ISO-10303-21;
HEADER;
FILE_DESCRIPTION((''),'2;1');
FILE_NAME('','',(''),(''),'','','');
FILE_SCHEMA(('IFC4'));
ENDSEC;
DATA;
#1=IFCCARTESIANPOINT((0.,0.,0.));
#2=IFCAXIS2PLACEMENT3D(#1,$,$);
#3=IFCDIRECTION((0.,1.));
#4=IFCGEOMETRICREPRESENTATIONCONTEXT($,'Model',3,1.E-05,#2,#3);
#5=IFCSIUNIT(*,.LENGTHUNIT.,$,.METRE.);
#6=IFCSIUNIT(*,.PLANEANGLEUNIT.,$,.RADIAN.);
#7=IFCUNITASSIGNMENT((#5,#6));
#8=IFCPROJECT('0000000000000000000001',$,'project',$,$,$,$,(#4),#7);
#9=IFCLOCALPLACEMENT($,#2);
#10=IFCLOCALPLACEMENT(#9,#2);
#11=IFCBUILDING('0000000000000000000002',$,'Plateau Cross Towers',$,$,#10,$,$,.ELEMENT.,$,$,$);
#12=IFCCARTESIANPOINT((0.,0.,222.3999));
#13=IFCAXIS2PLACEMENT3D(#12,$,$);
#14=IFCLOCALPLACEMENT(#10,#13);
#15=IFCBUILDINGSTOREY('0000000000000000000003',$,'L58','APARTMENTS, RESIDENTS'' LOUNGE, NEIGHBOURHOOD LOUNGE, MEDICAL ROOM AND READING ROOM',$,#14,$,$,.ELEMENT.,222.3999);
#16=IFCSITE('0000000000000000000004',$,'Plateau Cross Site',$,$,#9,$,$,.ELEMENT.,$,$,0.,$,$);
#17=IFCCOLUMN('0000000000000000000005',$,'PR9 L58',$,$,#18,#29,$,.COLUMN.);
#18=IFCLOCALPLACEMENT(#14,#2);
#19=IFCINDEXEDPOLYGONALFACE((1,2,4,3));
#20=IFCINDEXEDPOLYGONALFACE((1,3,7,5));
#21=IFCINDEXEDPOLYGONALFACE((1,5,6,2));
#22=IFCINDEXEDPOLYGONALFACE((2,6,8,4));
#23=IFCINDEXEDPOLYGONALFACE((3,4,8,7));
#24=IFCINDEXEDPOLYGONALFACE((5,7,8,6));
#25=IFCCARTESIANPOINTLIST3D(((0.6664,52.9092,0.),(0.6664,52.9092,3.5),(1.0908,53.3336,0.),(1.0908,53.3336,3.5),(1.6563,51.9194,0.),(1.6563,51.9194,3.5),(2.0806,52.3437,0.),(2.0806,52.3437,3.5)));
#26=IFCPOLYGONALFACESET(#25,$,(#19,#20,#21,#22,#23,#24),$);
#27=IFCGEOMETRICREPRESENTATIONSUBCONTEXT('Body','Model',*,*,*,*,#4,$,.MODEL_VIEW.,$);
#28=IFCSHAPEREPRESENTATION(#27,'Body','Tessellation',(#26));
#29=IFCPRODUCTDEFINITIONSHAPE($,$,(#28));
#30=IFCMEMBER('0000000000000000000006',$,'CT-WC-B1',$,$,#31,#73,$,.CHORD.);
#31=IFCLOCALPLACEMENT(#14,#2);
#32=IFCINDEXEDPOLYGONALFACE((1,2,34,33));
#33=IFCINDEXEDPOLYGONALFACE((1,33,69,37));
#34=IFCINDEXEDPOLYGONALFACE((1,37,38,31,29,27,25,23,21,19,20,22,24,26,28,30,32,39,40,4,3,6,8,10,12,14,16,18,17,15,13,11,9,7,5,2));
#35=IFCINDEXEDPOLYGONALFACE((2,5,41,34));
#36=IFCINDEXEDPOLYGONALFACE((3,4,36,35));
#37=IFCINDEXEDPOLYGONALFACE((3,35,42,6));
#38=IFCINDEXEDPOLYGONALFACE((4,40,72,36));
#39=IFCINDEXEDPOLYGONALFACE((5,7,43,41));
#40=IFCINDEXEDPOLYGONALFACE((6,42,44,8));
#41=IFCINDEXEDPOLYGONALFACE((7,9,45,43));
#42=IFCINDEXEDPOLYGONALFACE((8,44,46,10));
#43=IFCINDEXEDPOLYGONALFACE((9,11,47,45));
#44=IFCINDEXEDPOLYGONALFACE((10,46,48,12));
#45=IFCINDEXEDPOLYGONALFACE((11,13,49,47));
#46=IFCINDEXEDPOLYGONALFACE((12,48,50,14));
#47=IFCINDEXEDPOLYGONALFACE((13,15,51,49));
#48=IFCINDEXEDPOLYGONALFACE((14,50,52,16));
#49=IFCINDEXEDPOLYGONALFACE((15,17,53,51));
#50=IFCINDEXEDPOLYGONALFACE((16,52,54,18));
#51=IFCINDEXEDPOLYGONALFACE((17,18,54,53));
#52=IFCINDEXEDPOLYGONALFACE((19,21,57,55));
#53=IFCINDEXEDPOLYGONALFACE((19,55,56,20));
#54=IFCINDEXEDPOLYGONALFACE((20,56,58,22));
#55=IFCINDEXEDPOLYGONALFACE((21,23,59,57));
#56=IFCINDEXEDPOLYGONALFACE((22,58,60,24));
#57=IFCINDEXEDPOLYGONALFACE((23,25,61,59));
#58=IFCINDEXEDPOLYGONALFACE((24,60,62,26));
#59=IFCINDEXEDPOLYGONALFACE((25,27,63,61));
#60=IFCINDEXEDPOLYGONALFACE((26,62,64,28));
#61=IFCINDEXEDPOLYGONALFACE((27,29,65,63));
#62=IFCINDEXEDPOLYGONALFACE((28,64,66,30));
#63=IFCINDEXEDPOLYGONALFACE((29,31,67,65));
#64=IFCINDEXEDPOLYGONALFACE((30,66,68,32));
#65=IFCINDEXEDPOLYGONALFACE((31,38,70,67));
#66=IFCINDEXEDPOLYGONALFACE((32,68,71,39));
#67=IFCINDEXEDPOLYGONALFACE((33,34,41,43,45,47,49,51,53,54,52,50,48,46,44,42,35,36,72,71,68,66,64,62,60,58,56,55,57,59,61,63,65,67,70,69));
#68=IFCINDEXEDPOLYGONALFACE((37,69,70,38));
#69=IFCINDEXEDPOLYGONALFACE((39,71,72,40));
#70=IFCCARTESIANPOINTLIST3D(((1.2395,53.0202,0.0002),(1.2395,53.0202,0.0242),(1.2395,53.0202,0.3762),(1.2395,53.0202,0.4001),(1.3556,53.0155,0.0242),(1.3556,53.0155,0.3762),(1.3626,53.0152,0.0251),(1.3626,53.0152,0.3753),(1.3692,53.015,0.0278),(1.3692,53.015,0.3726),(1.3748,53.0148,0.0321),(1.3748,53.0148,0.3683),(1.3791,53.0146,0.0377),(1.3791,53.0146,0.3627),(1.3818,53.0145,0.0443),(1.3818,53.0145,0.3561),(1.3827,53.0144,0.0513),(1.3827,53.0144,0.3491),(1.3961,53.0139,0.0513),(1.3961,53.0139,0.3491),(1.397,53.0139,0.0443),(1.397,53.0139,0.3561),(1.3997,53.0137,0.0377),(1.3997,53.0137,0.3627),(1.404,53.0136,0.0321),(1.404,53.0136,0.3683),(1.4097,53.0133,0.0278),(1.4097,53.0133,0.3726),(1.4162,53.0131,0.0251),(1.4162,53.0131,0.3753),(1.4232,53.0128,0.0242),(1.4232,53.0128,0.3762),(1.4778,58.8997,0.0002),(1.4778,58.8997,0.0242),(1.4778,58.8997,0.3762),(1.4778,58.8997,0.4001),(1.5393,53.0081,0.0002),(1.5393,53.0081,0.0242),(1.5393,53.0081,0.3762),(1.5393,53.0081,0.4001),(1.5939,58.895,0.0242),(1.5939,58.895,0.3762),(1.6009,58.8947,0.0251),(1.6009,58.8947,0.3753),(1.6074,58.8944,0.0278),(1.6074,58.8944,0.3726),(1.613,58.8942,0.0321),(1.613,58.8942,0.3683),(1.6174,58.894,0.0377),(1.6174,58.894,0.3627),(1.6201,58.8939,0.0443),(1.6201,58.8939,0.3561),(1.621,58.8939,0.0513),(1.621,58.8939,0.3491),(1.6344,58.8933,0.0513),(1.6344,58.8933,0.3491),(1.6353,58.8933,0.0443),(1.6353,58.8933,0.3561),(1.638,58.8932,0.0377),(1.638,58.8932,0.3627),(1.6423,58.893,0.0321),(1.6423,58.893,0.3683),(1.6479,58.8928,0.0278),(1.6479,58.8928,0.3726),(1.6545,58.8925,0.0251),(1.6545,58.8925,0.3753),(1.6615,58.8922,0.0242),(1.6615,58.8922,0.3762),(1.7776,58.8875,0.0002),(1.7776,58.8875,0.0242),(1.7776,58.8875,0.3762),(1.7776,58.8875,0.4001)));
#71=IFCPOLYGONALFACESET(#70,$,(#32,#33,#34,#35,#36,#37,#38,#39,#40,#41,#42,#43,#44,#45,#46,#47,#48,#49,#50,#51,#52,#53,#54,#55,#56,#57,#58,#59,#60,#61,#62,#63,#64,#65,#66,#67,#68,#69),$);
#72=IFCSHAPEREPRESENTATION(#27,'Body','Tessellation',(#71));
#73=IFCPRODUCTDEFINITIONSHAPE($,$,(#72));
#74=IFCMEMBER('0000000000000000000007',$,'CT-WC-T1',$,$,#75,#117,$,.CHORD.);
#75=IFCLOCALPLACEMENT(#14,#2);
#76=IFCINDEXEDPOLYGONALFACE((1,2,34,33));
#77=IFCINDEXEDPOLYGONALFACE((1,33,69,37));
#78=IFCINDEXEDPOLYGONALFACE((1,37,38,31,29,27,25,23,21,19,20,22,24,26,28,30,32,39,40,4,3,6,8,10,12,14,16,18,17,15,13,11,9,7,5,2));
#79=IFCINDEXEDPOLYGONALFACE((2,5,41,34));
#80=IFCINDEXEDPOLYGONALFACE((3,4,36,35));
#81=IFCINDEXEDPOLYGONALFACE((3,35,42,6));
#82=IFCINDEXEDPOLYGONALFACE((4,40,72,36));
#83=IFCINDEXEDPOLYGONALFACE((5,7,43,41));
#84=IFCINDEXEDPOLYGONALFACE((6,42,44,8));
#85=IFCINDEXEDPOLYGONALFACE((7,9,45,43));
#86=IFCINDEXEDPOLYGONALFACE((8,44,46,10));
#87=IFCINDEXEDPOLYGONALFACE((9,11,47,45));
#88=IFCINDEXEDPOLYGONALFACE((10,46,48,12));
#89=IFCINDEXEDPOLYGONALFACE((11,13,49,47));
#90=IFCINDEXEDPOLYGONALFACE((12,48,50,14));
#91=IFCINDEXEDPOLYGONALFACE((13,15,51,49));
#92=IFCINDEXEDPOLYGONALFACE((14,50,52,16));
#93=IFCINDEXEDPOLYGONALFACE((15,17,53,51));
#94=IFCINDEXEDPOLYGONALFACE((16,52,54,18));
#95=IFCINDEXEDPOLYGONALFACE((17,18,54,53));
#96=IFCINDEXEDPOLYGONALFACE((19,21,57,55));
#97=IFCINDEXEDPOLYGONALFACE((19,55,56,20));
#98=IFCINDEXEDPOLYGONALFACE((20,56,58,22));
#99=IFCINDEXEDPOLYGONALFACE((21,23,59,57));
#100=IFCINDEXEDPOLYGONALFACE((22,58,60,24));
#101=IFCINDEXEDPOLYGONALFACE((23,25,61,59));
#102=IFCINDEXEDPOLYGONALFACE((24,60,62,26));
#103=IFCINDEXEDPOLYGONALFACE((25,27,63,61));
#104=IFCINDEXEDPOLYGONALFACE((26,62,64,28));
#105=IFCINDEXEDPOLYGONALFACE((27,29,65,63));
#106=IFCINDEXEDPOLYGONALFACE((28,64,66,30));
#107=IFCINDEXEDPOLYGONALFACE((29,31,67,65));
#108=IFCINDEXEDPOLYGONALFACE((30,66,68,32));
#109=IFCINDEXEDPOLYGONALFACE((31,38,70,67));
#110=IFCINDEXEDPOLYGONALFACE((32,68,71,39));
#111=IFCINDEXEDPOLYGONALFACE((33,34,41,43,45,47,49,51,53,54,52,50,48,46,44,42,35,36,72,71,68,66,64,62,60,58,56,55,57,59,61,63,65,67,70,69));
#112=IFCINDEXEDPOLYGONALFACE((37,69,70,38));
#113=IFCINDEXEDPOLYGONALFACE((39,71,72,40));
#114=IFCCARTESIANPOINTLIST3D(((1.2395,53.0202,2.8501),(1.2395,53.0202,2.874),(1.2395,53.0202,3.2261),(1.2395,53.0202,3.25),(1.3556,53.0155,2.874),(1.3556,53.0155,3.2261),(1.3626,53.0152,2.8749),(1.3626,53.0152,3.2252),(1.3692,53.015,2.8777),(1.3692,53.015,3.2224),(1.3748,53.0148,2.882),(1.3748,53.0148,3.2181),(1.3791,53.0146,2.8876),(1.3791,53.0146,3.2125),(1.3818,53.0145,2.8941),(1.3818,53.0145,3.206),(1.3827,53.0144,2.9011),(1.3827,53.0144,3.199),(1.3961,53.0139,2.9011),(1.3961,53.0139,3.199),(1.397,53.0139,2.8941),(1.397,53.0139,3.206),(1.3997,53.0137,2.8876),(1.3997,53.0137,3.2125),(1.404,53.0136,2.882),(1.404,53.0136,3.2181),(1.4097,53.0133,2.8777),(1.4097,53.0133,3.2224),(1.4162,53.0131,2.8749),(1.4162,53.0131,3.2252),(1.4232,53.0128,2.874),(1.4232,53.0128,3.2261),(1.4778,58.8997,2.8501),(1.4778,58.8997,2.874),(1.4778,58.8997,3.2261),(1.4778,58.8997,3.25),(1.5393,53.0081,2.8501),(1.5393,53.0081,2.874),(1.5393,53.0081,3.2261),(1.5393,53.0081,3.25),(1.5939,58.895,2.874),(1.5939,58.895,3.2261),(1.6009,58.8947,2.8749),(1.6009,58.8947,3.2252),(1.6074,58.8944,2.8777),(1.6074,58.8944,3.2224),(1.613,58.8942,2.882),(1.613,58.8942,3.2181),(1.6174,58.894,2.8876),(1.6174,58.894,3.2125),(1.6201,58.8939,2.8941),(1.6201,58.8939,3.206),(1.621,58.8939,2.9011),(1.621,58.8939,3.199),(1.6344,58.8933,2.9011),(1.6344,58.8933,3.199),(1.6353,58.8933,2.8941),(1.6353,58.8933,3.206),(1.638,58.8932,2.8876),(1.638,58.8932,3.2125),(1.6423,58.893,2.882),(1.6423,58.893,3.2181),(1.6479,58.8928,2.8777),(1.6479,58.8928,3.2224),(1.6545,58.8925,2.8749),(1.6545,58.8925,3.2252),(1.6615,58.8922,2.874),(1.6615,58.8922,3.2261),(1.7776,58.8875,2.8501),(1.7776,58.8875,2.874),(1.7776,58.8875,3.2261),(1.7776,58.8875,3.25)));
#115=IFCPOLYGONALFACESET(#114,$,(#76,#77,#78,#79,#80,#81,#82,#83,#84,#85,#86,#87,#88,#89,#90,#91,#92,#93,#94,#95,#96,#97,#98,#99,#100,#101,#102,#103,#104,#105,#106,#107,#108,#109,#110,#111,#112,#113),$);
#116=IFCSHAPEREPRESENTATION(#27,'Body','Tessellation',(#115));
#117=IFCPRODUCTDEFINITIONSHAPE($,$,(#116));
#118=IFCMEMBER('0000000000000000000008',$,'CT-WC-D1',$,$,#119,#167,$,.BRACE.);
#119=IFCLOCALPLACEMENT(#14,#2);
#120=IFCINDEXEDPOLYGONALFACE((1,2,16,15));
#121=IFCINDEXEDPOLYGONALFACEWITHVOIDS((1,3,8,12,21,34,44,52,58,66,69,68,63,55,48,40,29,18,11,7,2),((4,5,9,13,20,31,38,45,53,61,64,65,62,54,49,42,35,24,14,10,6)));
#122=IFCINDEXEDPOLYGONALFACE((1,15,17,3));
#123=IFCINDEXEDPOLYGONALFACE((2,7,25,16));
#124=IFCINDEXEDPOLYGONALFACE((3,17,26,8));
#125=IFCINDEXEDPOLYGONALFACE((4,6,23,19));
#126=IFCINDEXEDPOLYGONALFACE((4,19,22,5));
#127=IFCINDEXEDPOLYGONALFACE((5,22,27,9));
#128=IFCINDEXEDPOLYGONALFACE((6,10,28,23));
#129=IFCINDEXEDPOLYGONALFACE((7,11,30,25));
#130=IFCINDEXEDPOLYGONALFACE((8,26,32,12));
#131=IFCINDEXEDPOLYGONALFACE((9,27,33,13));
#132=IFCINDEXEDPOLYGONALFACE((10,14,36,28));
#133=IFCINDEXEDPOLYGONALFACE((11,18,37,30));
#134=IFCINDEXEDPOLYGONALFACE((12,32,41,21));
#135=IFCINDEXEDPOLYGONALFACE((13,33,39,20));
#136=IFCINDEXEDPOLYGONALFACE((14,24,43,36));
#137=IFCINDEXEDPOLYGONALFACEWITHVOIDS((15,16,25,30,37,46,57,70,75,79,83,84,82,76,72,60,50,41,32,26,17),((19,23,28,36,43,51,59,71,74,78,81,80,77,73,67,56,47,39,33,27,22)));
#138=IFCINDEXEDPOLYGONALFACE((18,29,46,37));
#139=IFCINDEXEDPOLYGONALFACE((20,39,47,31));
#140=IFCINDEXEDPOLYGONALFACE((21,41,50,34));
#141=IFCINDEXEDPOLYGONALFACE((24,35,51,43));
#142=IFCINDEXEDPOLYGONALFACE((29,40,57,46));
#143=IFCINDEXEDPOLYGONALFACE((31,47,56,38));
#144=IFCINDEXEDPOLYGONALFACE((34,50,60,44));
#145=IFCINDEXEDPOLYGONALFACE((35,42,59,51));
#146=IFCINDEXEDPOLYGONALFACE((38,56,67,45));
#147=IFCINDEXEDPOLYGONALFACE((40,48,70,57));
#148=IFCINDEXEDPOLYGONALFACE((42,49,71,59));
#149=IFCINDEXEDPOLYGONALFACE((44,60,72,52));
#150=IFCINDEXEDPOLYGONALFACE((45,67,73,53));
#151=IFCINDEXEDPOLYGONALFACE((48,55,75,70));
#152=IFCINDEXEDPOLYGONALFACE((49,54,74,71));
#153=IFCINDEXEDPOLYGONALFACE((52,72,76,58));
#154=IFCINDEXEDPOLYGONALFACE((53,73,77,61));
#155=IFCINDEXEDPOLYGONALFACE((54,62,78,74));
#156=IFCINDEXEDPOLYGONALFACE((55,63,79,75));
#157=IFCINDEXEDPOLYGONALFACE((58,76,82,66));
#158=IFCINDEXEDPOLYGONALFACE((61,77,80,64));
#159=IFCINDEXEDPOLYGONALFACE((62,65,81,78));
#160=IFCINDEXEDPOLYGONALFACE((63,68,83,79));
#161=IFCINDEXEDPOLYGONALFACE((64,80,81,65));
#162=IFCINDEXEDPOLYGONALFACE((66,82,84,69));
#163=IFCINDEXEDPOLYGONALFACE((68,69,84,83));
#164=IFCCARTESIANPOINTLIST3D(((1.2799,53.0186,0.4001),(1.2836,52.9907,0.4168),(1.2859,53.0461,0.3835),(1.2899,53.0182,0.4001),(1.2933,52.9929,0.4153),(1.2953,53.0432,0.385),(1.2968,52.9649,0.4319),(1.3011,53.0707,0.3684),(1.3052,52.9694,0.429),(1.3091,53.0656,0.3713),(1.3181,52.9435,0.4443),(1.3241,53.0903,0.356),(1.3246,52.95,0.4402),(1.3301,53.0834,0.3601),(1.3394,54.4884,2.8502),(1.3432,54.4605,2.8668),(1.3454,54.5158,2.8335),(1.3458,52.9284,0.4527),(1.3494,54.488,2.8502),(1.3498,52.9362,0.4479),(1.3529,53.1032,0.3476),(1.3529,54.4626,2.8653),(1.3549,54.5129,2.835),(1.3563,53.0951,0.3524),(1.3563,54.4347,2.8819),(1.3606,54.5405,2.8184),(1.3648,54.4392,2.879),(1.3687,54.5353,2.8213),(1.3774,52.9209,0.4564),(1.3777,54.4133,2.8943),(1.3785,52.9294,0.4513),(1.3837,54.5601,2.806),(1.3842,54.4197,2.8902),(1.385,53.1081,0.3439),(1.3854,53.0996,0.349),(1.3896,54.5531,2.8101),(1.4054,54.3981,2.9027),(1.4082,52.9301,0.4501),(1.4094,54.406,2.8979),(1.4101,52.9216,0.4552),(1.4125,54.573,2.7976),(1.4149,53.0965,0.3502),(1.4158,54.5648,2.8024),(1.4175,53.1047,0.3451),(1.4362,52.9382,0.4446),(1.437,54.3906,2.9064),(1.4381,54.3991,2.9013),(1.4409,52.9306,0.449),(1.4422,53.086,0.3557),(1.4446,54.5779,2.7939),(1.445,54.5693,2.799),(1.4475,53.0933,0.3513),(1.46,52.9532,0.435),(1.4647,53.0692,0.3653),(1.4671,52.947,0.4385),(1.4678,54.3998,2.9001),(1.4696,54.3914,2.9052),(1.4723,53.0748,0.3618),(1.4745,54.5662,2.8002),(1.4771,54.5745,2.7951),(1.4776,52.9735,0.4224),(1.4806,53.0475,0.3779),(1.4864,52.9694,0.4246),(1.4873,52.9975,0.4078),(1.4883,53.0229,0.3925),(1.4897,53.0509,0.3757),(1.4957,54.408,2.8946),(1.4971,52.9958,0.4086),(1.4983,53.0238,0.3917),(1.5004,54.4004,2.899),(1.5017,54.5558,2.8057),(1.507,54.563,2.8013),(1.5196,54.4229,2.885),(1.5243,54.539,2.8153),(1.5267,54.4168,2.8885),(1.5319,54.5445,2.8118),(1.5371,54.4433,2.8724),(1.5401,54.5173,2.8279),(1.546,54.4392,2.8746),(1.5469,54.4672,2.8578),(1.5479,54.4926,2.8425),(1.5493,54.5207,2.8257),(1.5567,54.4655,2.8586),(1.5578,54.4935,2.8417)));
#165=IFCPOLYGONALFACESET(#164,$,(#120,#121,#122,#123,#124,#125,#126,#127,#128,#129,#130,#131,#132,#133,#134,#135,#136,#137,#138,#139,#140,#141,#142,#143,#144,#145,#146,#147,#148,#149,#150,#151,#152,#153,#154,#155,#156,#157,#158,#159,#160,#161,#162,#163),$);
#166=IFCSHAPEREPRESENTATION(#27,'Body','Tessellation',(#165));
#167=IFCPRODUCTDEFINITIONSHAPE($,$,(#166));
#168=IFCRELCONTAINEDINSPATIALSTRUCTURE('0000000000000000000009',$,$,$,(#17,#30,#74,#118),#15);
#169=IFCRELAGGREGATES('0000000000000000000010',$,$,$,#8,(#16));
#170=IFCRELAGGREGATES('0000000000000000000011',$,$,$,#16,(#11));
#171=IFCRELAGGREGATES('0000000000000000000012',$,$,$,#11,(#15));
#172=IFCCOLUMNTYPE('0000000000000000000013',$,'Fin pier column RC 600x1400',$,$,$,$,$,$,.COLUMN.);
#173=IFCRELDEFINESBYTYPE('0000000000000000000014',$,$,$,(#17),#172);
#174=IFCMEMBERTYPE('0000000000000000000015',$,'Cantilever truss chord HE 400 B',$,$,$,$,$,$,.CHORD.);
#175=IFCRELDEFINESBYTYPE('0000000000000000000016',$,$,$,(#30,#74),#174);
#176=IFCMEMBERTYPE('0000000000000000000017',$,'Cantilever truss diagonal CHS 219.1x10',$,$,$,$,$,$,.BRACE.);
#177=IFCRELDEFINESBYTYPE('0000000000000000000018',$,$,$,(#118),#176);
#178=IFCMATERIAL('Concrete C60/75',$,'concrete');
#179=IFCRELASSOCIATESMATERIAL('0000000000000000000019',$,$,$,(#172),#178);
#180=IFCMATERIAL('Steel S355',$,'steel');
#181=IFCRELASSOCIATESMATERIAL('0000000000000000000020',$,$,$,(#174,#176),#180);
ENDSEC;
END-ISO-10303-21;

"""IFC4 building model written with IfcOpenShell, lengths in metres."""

from ifc_helpers import new_model, si_unit, direction, frame, origin, origin_2d, place, context, subcontext, project, spatial, rectangle, hollow_circle, i_section, extrude, material, material_profile, profile_set, type_object, element, save


model = new_model("IFC4")

# Units and contexts
model_context = context("Model", 3, precision=1e-05, world=origin(), true_north=direction((0.0, 1.0)))
body_context = subcontext(model_context, "Body", "Model", "MODEL_VIEW")
ifc_project = project(units=[si_unit("LENGTHUNIT", "METRE"), si_unit("PLANEANGLEUNIT", "RADIAN")], contexts=[model_context])

# Site, building, storey
site_placement = place(None, origin())
site = spatial("IfcSite", under=ifc_project, at=site_placement, Name="Plateau Cross Site", CompositionType="ELEMENT", RefElevation=0.0)
building_placement = place(site_placement, origin())
building = spatial("IfcBuilding", under=site, at=building_placement, Name="Plateau Cross Towers", CompositionType="ELEMENT")
storey_placement = place(building_placement, frame((0.0, 0.0, 222.3999)))
storey = spatial("IfcBuildingStorey", under=building, at=storey_placement, Name="L58", Description="APARTMENTS, RESIDENTS' LOUNGE, NEIGHBOURHOOD LOUNGE, MEDICAL ROOM AND READING ROOM", CompositionType="ELEMENT", Elevation=222.3999)

# Column
ifc_material_1 = material(Name="Concrete C60/75", Category="concrete")
ifc_material_profile_1 = material_profile(ifc_material_1, rectangle(XDim=0.6001, YDim=1.3999, at=origin_2d()), Name="RC 600x1400")
ifc_profile_set_1 = profile_set([ifc_material_profile_1], Name="Concrete C60/75")
column_type = type_object("IfcColumnType", Name="Fin pier column RC 600x1400", PredefinedType="COLUMN", material=ifc_profile_set_1)
column_placement = place(storey_placement, frame((1.3735, 52.6265, 0.0), z_axis=(0.0, 0.0, 1.0), x_axis=(0.707107, 0.707107, 0.0)))
element("IfcColumn", 1, at=column_placement, inside=storey, type_object=column_type, Name="PR9 L58", PredefinedType="COLUMN", context=body_context, shape_type="SweptSolid", body=[
    extrude(rectangle(XDim=0.6001, YDim=1.3999, at=origin_2d()), origin(), (0.0, 0.0, 1.0), 3.5),
])

# Members
ifc_material_2 = material(Name="Steel S355", Category="steel")
ifc_material_profile_2 = material_profile(ifc_material_2, i_section(OverallWidth=0.3, OverallDepth=0.3999, WebThickness=0.0134, FlangeThickness=0.0239, FilletRadius=0.0271, at=origin_2d()), Name="HE 400 B")
ifc_profile_set_2 = profile_set([ifc_material_profile_2], Name="Steel S355")
member_type_1 = type_object("IfcMemberType", Name="Cantilever truss chord HE 400 B", PredefinedType="CHORD", material=ifc_profile_set_2)
for number, where, z_axis, x_axis, name in (
    (2, (1.3894, 53.0142, 0.2002), (0.040495, 0.99918, 0.0), (-0.99918, 0.040495, 0.0), "CT-WC-B1"),
    (3, (1.3894, 53.0142, 3.05), (0.040495, 0.99918, 0.0), (-0.99918, 0.040495, 0.0), "CT-WC-T1"),
):
    element("IfcMember", number, at=place(storey_placement, frame(where, z_axis=z_axis, x_axis=x_axis)), inside=storey, type_object=member_type_1, Name=name, PredefinedType="CHORD", context=body_context, shape_type="SweptSolid", body=[
        extrude(i_section(OverallWidth=0.3, OverallDepth=0.3999, WebThickness=0.0134, FlangeThickness=0.0239, FilletRadius=0.0271, at=origin_2d()), origin(), (0.0, 0.0, 1.0), 5.8843),
    ])
ifc_material_profile_3 = material_profile(ifc_material_2, hollow_circle(Radius=0.1096, WallThickness=0.01, at=origin_2d()), Name="CHS 219.1x10")
ifc_profile_set_3 = profile_set([ifc_material_profile_3], Name="Steel S355")
member_type_2 = type_object("IfcMemberType", Name="Cantilever truss diagonal CHS 219.1x10", PredefinedType="BRACE", material=ifc_profile_set_3)
for number, where, z_axis, x_axis, name in (
    (4, (1.3894, 53.0142, 0.4001), (0.020846, 0.514321, 0.857344), (-0.99918, 0.040498, 0.0), "CT-WC-D1"),
):
    element("IfcMember", number, at=place(storey_placement, frame(where, z_axis=z_axis, x_axis=x_axis)), inside=storey, type_object=member_type_2, Name=name, PredefinedType="BRACE", context=body_context, shape_type="SweptSolid", body=[
        extrude(hollow_circle(Radius=0.1096, WallThickness=0.01, at=origin_2d()), origin(), (0.0, 0.0, 1.0), 2.8577),
    ])

save(model, "model.ifc")
